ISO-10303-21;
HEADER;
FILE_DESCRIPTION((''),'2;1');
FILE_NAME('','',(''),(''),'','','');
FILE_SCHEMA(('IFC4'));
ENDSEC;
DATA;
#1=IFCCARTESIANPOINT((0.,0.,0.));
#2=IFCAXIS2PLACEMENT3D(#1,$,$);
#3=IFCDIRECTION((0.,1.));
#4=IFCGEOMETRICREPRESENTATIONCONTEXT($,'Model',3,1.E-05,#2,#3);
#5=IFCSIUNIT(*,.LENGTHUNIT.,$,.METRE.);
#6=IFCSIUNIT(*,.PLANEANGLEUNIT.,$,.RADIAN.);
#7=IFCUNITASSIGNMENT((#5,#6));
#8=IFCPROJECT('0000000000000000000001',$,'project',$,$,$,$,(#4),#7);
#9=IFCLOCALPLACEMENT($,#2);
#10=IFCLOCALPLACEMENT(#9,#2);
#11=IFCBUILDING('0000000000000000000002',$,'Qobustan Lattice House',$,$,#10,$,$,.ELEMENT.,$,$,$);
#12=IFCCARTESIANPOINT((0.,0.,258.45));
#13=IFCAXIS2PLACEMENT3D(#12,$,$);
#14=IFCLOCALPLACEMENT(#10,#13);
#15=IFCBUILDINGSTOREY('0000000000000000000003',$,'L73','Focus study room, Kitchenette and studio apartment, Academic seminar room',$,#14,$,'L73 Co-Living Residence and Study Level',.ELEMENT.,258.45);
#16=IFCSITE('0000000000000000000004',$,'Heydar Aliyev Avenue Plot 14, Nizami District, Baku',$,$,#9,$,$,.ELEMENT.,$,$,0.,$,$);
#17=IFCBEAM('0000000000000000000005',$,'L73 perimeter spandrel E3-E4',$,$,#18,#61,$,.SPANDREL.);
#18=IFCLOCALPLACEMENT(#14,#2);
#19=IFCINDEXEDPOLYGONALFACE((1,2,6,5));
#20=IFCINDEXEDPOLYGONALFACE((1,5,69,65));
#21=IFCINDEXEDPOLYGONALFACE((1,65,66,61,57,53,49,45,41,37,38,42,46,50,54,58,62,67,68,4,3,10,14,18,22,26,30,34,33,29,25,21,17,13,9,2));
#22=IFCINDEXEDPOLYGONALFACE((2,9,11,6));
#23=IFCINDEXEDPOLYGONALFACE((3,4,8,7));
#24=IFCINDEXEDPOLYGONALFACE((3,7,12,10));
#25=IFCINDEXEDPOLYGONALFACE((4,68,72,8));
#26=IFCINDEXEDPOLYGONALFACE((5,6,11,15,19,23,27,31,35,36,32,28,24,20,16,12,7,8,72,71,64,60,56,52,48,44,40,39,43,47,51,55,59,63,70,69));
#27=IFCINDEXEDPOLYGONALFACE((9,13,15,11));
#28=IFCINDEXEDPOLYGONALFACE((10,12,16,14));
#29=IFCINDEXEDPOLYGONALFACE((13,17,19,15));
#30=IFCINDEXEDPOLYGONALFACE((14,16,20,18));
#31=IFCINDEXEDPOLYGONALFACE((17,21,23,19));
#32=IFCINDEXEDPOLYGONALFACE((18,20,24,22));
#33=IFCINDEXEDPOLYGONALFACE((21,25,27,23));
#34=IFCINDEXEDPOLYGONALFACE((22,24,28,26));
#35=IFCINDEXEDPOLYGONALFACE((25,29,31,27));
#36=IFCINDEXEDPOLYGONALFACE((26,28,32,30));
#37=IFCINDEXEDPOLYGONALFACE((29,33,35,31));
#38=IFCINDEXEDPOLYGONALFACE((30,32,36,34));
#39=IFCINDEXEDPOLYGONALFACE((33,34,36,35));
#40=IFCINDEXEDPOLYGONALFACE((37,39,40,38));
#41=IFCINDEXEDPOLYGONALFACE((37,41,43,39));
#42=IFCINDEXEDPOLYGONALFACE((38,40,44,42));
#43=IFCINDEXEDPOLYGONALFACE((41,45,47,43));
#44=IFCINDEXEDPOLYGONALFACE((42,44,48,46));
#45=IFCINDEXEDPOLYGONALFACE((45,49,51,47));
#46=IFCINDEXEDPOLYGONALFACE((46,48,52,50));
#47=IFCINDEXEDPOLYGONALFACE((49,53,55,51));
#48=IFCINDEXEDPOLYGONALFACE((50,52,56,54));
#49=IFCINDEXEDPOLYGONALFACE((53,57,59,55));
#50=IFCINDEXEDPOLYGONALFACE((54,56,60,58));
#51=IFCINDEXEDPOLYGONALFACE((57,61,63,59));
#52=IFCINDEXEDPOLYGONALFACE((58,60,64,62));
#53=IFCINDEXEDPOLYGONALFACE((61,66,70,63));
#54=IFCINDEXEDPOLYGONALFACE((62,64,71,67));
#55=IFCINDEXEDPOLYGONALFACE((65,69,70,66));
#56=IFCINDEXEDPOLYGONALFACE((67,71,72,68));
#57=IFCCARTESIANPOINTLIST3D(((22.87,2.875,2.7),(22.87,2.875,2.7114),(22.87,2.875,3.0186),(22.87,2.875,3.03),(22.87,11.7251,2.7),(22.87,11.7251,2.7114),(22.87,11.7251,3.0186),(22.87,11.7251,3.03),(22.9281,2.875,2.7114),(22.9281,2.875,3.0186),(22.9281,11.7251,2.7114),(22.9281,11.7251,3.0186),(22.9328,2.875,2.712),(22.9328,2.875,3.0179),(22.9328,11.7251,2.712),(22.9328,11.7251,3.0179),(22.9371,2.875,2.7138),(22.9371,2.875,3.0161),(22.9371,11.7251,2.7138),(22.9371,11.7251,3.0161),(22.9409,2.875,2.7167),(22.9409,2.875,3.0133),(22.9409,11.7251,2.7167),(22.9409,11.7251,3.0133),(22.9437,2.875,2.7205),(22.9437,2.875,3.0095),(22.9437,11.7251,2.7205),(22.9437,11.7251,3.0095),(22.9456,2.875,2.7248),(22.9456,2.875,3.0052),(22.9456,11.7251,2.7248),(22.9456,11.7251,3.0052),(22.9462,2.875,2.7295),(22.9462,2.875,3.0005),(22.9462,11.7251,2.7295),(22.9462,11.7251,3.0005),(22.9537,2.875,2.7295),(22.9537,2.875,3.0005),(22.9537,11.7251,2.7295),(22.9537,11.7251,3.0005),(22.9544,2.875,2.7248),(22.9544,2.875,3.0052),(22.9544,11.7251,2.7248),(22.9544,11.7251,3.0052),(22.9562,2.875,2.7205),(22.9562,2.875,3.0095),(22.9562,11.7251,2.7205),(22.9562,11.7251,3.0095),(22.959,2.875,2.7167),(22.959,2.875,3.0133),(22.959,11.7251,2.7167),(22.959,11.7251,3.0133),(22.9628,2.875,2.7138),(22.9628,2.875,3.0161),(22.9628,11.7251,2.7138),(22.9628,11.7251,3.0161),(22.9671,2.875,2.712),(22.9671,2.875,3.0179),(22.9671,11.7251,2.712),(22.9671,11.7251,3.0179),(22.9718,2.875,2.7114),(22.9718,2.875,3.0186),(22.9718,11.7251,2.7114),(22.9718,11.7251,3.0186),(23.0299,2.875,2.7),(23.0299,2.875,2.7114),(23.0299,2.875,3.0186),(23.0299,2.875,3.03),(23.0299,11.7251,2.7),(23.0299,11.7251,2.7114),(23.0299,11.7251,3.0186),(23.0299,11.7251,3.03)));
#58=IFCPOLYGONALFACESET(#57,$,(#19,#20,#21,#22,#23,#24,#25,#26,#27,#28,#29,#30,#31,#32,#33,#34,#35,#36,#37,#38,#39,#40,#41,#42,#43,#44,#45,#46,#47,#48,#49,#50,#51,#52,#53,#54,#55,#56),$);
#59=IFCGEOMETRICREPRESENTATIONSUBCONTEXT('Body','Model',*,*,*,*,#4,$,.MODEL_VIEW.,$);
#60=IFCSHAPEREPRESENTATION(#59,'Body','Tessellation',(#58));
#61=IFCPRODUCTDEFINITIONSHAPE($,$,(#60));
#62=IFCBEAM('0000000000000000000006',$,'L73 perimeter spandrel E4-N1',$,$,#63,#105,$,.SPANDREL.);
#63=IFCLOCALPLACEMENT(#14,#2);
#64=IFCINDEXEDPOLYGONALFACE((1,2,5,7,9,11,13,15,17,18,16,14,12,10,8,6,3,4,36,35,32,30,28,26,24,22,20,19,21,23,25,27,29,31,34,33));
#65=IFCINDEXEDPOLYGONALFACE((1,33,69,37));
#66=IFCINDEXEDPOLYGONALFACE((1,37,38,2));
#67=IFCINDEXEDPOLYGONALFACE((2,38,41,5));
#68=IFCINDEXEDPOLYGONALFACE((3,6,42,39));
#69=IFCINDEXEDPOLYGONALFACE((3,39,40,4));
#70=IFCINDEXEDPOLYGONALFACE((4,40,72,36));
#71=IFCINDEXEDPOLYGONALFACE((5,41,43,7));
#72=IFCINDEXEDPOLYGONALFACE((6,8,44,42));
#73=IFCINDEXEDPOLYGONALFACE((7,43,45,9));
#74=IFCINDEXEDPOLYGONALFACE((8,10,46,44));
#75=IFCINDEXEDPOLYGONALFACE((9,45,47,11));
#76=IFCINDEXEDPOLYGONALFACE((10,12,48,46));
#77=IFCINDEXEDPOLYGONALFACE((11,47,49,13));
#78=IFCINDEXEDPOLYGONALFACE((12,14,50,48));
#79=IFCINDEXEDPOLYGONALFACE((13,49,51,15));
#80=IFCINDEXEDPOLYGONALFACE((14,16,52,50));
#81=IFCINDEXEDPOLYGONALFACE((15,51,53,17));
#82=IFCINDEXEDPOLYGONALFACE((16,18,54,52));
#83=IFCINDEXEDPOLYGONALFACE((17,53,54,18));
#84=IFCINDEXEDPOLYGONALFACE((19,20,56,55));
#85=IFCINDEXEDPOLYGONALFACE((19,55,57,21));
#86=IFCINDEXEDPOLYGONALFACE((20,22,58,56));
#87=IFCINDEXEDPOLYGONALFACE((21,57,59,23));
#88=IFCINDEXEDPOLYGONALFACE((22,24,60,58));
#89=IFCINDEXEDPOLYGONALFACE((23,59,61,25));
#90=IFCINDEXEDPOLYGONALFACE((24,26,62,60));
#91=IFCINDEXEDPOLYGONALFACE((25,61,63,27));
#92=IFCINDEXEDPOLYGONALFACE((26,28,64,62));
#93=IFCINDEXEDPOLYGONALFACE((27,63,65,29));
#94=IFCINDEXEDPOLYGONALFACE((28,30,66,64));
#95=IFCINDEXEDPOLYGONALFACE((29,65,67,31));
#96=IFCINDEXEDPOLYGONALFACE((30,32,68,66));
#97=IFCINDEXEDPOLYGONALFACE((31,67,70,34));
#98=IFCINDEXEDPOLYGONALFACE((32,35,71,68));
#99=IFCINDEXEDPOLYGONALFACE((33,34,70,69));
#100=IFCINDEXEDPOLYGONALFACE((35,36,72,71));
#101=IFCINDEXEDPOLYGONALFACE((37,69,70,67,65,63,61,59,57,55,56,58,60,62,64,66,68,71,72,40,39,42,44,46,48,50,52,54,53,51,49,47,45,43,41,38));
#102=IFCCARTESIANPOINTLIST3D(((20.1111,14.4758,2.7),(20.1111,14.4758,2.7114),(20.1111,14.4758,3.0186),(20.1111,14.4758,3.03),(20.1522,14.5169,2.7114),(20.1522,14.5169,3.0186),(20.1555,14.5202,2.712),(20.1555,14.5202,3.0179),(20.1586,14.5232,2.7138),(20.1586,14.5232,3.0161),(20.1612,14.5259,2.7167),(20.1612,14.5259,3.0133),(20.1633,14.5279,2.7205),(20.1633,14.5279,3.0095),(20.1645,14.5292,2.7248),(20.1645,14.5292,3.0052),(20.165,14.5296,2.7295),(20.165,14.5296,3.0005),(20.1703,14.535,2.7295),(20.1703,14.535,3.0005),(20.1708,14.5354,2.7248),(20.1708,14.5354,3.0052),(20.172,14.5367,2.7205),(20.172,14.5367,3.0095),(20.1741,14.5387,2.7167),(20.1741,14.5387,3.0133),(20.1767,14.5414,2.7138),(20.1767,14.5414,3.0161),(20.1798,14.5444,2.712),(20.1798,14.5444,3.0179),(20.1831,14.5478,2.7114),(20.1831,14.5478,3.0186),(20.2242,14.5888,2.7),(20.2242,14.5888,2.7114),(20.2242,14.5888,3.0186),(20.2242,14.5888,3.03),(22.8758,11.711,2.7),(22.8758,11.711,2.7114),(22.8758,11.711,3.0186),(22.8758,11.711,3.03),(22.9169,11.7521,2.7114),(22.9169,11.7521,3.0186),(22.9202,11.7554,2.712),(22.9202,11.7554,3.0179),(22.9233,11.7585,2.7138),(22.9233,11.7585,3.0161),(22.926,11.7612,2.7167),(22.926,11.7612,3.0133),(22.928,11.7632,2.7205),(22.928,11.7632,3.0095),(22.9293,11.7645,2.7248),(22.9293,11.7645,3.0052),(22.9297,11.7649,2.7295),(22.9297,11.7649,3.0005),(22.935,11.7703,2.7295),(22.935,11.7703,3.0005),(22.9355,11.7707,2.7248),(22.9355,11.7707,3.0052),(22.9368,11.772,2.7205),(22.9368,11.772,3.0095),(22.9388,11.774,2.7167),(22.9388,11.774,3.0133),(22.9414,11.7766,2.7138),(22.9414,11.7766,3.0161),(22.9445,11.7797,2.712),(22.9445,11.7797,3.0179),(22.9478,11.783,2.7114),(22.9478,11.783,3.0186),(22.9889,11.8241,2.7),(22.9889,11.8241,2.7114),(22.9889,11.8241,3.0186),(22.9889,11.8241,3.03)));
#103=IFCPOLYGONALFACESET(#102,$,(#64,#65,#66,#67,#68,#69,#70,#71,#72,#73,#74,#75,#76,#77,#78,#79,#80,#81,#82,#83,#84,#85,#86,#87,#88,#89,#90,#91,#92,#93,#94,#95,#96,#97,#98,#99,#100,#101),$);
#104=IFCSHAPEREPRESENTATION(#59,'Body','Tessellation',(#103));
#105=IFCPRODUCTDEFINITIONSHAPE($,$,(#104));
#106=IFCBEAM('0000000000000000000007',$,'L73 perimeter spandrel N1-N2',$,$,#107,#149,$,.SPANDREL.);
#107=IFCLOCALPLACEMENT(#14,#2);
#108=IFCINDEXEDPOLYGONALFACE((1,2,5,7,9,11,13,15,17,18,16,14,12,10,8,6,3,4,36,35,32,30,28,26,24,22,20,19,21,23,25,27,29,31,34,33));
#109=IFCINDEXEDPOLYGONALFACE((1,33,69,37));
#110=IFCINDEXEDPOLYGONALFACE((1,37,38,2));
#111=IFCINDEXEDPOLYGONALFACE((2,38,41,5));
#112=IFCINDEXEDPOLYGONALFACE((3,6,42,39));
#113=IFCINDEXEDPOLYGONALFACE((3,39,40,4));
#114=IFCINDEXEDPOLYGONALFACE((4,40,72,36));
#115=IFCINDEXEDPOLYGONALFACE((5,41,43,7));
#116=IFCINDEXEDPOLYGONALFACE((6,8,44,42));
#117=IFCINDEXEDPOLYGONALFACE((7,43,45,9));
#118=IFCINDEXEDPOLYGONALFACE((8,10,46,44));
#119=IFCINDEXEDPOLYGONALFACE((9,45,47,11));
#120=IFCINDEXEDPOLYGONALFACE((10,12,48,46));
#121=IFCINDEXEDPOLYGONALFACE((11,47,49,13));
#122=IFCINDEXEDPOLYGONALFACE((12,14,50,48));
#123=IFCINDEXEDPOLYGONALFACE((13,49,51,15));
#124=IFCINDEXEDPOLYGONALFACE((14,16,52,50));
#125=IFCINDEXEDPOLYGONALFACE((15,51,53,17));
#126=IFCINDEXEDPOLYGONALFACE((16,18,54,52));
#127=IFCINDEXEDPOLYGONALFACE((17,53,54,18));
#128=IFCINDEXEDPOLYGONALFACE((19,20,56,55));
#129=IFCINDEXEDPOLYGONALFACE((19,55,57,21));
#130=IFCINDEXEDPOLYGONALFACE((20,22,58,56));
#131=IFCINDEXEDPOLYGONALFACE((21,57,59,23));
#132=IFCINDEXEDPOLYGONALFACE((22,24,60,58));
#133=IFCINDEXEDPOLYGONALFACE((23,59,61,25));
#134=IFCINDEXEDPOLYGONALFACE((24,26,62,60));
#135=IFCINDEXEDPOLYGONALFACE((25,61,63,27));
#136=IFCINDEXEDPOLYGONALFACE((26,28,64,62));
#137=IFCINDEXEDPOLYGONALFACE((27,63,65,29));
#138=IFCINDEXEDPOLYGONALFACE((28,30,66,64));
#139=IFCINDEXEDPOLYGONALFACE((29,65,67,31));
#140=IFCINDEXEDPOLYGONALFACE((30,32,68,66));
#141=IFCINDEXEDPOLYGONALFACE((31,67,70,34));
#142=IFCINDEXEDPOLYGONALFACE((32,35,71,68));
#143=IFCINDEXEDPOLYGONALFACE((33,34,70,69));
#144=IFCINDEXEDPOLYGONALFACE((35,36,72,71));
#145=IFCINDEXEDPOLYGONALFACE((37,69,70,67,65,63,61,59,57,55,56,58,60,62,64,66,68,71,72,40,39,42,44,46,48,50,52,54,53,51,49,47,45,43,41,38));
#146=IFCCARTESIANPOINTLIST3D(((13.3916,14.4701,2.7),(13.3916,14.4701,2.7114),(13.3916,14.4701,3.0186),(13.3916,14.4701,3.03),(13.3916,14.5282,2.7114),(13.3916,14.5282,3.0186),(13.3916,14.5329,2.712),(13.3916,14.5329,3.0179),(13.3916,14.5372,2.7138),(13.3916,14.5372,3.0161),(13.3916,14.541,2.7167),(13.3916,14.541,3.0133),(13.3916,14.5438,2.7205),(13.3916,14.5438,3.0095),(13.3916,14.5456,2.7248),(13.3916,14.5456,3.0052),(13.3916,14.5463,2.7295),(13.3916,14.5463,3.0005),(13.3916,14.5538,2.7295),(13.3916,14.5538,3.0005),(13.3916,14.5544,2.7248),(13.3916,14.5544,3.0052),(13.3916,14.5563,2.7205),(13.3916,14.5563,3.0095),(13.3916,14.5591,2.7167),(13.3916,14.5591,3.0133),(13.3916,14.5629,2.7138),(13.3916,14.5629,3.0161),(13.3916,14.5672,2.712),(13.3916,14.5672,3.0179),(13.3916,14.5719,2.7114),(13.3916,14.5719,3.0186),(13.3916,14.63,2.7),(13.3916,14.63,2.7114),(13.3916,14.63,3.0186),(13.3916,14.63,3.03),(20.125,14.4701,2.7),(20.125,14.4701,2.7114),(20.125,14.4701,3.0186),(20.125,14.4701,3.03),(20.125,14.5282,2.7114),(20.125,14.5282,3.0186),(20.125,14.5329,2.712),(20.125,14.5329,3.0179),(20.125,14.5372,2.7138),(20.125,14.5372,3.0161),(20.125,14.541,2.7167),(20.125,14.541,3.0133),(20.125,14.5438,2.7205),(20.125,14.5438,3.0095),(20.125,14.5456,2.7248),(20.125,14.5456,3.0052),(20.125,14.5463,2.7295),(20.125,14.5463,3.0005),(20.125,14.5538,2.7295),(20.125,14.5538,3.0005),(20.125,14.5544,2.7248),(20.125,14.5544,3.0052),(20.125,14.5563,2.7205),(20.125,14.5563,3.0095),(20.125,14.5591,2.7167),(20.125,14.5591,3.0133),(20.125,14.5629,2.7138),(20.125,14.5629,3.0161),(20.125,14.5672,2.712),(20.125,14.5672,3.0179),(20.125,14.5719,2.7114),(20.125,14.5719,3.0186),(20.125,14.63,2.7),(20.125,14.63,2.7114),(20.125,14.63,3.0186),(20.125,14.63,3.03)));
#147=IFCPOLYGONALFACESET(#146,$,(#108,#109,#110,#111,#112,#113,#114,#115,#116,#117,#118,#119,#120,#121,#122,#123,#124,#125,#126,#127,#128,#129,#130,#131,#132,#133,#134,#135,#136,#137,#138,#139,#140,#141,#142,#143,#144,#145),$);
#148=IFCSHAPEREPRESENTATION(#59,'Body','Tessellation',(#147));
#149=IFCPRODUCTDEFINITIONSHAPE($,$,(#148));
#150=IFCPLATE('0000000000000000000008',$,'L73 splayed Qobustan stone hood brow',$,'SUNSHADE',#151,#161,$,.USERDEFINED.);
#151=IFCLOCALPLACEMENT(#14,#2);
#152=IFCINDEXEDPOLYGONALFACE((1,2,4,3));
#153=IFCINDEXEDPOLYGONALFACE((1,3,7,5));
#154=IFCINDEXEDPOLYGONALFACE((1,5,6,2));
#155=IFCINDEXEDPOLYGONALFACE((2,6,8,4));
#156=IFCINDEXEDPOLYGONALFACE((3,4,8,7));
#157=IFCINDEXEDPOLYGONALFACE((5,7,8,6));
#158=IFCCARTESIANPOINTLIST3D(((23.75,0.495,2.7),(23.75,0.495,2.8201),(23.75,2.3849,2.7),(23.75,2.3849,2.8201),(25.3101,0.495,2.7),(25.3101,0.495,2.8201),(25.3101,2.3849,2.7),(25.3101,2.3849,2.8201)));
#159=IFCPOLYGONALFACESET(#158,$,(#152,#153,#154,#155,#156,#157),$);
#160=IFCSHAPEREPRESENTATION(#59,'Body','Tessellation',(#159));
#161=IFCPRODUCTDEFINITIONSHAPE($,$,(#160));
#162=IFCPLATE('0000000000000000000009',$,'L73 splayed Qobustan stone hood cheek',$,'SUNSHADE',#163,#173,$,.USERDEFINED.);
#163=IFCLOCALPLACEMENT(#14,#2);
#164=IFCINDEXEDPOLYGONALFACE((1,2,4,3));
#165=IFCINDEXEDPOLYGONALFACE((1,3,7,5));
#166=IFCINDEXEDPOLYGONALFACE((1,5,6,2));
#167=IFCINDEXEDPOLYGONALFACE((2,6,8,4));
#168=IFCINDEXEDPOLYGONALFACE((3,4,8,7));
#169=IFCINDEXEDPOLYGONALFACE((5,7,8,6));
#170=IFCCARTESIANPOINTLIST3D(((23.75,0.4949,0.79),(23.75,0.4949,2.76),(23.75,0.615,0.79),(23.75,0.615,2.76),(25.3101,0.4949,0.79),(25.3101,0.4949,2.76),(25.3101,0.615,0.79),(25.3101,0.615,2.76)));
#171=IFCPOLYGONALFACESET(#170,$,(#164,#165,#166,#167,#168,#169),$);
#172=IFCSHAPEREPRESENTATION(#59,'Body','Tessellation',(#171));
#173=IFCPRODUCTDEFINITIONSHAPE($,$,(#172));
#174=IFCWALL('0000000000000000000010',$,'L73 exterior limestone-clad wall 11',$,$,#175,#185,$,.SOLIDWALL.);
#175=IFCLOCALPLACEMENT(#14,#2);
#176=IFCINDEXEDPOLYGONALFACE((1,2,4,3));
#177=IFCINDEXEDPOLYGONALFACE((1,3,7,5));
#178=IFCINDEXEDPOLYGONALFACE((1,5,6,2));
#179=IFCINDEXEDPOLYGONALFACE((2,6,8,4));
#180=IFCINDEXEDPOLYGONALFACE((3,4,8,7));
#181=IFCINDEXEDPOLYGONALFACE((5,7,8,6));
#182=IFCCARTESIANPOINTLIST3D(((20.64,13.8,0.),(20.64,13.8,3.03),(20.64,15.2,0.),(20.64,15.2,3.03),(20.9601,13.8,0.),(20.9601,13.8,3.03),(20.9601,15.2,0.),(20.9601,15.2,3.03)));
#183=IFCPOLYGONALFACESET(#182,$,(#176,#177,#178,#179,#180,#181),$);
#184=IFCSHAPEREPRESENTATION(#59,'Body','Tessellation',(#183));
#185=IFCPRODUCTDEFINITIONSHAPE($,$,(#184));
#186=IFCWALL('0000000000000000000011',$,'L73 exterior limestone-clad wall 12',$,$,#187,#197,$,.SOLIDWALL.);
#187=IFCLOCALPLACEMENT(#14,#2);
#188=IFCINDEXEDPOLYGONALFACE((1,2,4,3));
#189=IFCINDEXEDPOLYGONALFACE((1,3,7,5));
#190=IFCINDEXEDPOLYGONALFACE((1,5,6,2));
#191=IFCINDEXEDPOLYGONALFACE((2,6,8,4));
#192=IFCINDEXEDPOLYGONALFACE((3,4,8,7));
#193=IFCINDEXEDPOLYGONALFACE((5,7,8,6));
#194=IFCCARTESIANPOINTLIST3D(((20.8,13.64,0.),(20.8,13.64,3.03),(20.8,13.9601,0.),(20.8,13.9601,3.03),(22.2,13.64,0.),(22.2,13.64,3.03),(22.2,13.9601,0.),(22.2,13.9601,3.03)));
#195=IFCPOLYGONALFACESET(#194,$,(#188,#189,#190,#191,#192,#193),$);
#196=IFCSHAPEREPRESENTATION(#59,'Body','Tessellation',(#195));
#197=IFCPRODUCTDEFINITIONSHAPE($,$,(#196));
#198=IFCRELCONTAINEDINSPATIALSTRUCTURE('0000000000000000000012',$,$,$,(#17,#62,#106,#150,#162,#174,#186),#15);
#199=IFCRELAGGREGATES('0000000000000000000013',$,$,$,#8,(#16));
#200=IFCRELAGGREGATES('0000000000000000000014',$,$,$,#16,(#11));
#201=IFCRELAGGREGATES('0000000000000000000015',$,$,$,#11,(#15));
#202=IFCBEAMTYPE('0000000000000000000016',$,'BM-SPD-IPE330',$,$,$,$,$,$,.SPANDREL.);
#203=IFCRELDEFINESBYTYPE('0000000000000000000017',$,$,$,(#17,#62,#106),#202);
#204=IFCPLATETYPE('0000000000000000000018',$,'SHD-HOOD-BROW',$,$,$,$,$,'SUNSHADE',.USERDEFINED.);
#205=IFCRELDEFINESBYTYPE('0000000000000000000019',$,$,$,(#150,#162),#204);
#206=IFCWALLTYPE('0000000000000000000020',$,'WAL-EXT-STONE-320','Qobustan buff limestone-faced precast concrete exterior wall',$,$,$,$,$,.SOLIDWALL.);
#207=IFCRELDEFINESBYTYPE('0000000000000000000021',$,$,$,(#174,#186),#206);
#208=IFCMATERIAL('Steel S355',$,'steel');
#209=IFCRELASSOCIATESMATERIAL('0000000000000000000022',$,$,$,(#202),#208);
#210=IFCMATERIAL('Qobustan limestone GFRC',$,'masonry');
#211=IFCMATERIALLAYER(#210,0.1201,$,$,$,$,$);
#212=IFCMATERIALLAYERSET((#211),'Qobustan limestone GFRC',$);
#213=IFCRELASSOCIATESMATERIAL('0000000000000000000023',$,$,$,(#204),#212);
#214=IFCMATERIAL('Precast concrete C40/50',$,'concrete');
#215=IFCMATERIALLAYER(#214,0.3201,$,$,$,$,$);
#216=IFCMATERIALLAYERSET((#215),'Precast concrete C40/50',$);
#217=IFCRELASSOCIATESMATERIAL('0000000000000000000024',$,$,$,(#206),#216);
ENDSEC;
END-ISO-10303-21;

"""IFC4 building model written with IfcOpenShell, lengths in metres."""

from ifc_helpers import new_model, si_unit, direction, frame, frame_2d, origin, origin_2d, place, context, subcontext, project, spatial, rectangle, i_section, extrude, material, layer, layer_set, material_profile, profile_set, type_object, element, save


model = new_model("IFC4")

# Units and contexts
model_context = context("Model", 3, precision=1e-05, world=origin(), true_north=direction((0.0, 1.0)))
body_context = subcontext(model_context, "Body", "Model", "MODEL_VIEW")
ifc_project = project(units=[si_unit("LENGTHUNIT", "METRE"), si_unit("PLANEANGLEUNIT", "RADIAN")], contexts=[model_context])

# Site, building, storey
site_placement = place(None, origin())
site = spatial("IfcSite", under=ifc_project, at=site_placement, Name="Heydar Aliyev Avenue Plot 14, Nizami District, Baku", CompositionType="ELEMENT", RefElevation=0.0)
building_placement = place(site_placement, origin())
building = spatial("IfcBuilding", under=site, at=building_placement, Name="Qobustan Lattice House", CompositionType="ELEMENT")
storey_placement = place(building_placement, frame((0.0, 0.0, 258.45)))
storey = spatial("IfcBuildingStorey", under=building, at=storey_placement, Name="L73", Description="Focus study room, Kitchenette and studio apartment, Academic seminar room", LongName="L73 Co-Living Residence and Study Level", CompositionType="ELEMENT", Elevation=258.45)

# Beams
ifc_material_1 = material(Name="Steel S355", Category="steel")
ifc_material_profile_1 = material_profile(ifc_material_1, i_section(OverallWidth=0.1599, OverallDepth=0.3301, WebThickness=0.0076, FlangeThickness=0.0115, FilletRadius=0.0181, at=origin_2d()), Name="IPE330")
ifc_profile_set_1 = profile_set([ifc_material_profile_1], Name="Steel S355")
beam_type_1 = type_object("IfcBeamType", Name="BM-SPD-IPE330", PredefinedType="SPANDREL", material=ifc_profile_set_1)
beam_1_placement = place(storey_placement, frame((22.95, 2.875, 2.865), z_axis=(0.0, 1.0, 0.0), x_axis=(-1.0, 0.0, 0.0)))
element("IfcBeam", 1, at=beam_1_placement, inside=storey, type_object=beam_type_1, Name="L73 perimeter spandrel E3-E4", PredefinedType="SPANDREL", context=body_context, shape_type="SweptSolid", body=[
    extrude(i_section(OverallWidth=0.1599, OverallDepth=0.3301, WebThickness=0.0076, FlangeThickness=0.0115, FilletRadius=0.0181, at=origin_2d()), origin(), (0.0, 0.0, 1.0), 8.8501),
])
beam_2_placement = place(storey_placement, frame((22.9324, 11.7676, 2.865), z_axis=(-0.707107, 0.707107, 0.0), x_axis=(-0.707107, -0.707107, 0.0)))
element("IfcBeam", 2, at=beam_2_placement, inside=storey, type_object=beam_type_1, Name="L73 perimeter spandrel E4-N1", PredefinedType="SPANDREL", context=body_context, shape_type="SweptSolid", body=[
    extrude(i_section(OverallWidth=0.1599, OverallDepth=0.3301, WebThickness=0.0076, FlangeThickness=0.0115, FilletRadius=0.0181, at=origin_2d()), origin(), (0.0, 0.0, 1.0), 3.9099),
])
beam_3_placement = place(storey_placement, frame((20.125, 14.55, 2.865), z_axis=(-1.0, 0.0, 0.0), x_axis=(0.0, -1.0, 0.0)))
element("IfcBeam", 3, at=beam_3_placement, inside=storey, type_object=beam_type_1, Name="L73 perimeter spandrel N1-N2", PredefinedType="SPANDREL", context=body_context, shape_type="SweptSolid", body=[
    extrude(i_section(OverallWidth=0.1599, OverallDepth=0.3301, WebThickness=0.0076, FlangeThickness=0.0115, FilletRadius=0.0181, at=origin_2d()), origin(), (0.0, 0.0, 1.0), 6.7334),
])

# Plates
ifc_material_2 = material(Name="Qobustan limestone GFRC", Category="masonry")
ifc_layer_1 = layer(ifc_material_2, 0.1201)
ifc_layer_set_1 = layer_set([ifc_layer_1], Name="Qobustan limestone GFRC")
plate_type = type_object("IfcPlateType", Name="SHD-HOOD-BROW", ElementType="SUNSHADE", PredefinedType="USERDEFINED", material=ifc_layer_set_1)
plate_1_placement = place(storey_placement, frame((24.53, 1.4399, 2.7), z_axis=(0.0, 0.0, 1.0), x_axis=(0.0, -1.0, 0.0)))
element("IfcPlate", 4, at=plate_1_placement, inside=storey, type_object=plate_type, Name="L73 splayed Qobustan stone hood brow", ObjectType="SUNSHADE", PredefinedType="USERDEFINED", context=body_context, shape_type="SweptSolid", body=[
    extrude(rectangle(XDim=1.8899, YDim=1.5601, at=origin_2d()), origin(), (0.0, 0.0, 1.0), 0.1201),
])
plate_2_placement = place(storey_placement, frame((24.53, 0.5549, 0.79), z_axis=(0.0, 0.0, 1.0), x_axis=(0.0, -1.0, 0.0)))
element("IfcPlate", 5, at=plate_2_placement, inside=storey, type_object=plate_type, Name="L73 splayed Qobustan stone hood cheek", ObjectType="SUNSHADE", PredefinedType="USERDEFINED", context=body_context, shape_type="SweptSolid", body=[
    extrude(rectangle(XDim=0.1201, YDim=1.5601, at=origin_2d()), origin(), (0.0, 0.0, 1.0), 1.97),
])

# Walls
ifc_material_3 = material(Name="Precast concrete C40/50", Category="concrete")
ifc_layer_2 = layer(ifc_material_3, 0.3201)
ifc_layer_set_2 = layer_set([ifc_layer_2], Name="Precast concrete C40/50")
wall_type_1 = type_object("IfcWallType", Name="WAL-EXT-STONE-320", Description="Qobustan buff limestone-faced precast concrete exterior wall", PredefinedType="SOLIDWALL", material=ifc_layer_set_2)
for number, where, z_axis, x_axis, name in (
    (6, (20.8, 15.2, 0.0), (0.0, 0.0, 1.0), (0.0, -1.0, 0.0), "L73 exterior limestone-clad wall 11"),
    (7, (20.8, 13.8, 0.0), (0.0, 0.0, 1.0), (1.0, 0.0, 0.0), "L73 exterior limestone-clad wall 12"),
):
    element("IfcWall", number, at=place(storey_placement, frame(where, z_axis=z_axis, x_axis=x_axis)), inside=storey, type_object=wall_type_1, Name=name, PredefinedType="SOLIDWALL", context=body_context, shape_type="SweptSolid", body=[
        extrude(rectangle(XDim=1.3999, YDim=0.3201, at=frame_2d((0.7, 0.0))), origin(), (0.0, 0.0, 1.0), 3.03),
    ])

save(model, "model.ifc")
